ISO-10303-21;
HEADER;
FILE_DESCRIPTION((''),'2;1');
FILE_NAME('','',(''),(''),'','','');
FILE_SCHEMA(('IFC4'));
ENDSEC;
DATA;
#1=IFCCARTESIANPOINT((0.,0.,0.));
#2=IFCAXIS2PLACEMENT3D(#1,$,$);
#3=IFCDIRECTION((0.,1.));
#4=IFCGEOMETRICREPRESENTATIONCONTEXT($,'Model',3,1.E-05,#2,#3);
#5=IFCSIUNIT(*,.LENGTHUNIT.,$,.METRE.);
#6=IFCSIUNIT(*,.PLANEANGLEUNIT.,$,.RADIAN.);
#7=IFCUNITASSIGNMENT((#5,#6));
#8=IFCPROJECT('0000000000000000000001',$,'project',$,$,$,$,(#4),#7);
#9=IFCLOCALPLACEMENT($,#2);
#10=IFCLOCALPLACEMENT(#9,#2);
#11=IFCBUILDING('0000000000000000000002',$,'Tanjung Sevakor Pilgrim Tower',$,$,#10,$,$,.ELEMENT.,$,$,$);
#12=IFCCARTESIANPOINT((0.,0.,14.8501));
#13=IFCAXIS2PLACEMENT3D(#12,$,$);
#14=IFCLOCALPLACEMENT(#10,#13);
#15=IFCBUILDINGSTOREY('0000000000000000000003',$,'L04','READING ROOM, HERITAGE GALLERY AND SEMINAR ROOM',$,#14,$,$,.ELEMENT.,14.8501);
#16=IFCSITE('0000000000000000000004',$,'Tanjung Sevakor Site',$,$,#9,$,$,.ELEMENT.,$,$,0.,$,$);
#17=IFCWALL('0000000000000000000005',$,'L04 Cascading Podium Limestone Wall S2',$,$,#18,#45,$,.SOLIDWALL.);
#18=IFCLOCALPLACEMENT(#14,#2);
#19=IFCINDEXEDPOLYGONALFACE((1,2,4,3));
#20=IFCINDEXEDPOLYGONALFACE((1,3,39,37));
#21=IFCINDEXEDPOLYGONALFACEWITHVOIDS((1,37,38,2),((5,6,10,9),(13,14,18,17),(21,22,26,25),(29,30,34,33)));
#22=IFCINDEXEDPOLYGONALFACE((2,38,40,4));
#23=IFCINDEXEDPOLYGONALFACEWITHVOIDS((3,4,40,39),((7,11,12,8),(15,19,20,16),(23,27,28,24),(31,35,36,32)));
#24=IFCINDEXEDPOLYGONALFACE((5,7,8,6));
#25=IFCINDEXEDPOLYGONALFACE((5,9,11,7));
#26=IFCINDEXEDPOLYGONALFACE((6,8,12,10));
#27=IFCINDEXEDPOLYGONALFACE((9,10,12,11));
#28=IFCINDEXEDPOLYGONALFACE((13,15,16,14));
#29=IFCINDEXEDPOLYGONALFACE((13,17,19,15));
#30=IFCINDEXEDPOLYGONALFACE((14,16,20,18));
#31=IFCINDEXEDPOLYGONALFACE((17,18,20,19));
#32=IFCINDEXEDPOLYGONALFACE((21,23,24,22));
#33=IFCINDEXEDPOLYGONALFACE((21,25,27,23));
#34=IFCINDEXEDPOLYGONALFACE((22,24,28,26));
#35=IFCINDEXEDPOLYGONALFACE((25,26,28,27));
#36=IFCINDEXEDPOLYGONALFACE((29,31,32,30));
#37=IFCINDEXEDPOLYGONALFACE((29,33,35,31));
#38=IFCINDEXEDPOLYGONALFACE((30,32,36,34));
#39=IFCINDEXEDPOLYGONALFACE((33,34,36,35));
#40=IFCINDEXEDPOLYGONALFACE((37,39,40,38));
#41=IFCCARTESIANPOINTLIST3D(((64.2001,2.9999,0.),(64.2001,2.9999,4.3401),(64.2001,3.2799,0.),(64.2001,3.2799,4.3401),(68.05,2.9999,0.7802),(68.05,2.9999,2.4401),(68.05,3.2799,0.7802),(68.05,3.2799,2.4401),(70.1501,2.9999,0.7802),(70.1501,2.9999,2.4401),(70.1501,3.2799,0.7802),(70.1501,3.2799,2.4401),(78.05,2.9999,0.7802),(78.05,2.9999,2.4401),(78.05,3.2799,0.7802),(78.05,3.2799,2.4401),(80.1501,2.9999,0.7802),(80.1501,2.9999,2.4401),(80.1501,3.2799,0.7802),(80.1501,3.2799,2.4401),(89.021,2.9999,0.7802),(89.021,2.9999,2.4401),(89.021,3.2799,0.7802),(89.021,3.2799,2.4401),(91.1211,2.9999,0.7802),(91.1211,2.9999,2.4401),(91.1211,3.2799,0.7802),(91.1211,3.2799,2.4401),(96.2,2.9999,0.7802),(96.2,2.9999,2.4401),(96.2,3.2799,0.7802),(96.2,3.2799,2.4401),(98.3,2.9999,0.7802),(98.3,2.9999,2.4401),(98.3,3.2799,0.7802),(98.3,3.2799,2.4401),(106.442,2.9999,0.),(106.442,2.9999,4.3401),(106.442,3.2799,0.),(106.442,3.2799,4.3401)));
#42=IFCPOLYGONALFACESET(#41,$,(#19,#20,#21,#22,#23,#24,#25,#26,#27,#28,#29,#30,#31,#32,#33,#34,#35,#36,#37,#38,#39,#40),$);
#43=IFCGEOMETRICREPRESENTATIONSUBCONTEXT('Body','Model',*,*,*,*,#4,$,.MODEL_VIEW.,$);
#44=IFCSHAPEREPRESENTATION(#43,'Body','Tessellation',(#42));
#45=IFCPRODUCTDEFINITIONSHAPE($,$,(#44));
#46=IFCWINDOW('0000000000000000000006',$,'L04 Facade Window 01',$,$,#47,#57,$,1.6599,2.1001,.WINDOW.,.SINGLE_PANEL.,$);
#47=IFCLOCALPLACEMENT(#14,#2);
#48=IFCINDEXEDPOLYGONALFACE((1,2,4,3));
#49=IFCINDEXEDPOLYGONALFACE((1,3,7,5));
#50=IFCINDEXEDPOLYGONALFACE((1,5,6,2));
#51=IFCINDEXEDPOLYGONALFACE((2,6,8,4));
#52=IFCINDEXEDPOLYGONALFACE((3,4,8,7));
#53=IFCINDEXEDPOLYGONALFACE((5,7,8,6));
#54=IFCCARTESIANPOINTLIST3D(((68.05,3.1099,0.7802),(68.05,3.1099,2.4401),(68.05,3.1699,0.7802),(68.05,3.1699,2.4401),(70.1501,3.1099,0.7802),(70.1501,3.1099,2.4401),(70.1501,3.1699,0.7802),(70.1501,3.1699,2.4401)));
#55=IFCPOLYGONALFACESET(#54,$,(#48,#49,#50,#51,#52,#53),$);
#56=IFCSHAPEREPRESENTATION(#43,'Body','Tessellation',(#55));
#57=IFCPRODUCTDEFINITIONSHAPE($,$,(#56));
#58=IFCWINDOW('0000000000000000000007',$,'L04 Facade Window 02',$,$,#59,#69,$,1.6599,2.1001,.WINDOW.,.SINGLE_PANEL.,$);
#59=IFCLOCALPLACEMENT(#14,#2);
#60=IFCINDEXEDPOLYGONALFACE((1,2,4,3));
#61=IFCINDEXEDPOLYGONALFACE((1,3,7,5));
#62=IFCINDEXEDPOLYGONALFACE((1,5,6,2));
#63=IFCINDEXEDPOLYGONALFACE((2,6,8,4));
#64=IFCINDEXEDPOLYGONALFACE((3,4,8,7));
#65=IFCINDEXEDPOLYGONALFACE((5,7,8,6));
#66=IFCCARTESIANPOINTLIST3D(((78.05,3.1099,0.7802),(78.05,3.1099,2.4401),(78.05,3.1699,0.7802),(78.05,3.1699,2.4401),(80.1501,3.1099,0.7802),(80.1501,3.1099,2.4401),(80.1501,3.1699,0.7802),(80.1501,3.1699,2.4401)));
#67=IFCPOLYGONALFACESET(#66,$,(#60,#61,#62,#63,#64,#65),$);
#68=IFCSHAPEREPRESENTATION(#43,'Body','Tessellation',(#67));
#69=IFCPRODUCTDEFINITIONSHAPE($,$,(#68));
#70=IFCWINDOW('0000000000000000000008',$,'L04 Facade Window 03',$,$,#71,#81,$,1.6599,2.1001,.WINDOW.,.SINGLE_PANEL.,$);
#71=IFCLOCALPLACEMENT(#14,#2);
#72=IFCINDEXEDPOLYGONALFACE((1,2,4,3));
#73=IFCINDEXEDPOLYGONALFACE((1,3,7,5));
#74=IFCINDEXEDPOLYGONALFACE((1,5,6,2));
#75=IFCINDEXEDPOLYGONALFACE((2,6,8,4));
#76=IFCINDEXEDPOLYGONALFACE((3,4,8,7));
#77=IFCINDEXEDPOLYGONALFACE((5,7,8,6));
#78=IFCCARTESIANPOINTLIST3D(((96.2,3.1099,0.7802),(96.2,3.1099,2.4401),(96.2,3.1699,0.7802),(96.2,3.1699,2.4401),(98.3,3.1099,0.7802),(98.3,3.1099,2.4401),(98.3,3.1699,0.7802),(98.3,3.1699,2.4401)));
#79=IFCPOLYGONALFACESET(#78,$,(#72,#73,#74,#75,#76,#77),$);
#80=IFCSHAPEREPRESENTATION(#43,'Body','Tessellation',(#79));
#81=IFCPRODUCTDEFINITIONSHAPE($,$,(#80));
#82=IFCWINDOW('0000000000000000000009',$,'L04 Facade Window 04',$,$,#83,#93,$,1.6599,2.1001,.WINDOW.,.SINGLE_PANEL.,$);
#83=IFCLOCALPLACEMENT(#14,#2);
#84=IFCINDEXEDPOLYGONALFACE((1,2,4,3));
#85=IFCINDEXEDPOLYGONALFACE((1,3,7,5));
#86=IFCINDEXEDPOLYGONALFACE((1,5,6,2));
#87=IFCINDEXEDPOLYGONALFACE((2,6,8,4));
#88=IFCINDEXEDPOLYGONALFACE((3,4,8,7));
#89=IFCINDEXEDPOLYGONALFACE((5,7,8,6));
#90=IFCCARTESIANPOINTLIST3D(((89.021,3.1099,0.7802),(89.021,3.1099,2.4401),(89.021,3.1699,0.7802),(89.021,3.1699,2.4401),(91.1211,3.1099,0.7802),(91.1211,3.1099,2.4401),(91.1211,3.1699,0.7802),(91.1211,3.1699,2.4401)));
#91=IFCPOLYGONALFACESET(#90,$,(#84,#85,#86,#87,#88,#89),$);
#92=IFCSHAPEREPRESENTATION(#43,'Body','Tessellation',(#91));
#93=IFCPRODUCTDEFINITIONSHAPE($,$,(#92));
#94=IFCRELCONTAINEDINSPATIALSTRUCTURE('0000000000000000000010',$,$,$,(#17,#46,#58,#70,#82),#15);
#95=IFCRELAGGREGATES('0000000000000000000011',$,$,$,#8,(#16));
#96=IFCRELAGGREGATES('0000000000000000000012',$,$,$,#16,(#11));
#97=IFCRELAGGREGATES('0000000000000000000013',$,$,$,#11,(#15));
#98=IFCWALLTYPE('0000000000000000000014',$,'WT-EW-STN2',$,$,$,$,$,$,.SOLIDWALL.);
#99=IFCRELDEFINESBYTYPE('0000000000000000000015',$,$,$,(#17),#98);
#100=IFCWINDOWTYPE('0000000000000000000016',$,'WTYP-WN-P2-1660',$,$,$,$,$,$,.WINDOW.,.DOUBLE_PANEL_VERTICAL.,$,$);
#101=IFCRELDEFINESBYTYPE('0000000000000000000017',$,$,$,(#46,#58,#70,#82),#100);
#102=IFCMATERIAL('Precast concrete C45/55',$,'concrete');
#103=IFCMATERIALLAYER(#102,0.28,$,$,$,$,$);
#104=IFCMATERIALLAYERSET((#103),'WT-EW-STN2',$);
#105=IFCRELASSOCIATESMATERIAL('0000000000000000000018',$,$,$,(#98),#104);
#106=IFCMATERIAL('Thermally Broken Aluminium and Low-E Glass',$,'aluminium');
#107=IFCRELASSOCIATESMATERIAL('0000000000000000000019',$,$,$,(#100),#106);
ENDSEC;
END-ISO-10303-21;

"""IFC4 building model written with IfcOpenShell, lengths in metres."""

from ifc_helpers import new_model, si_unit, direction, frame, frame_2d, origin, place, context, subcontext, project, spatial, rectangle, extrude, material, layer, layer_set, type_object, element, fill, save


model = new_model("IFC4")

# Units and contexts
model_context = context("Model", 3, precision=1e-05, world=origin(), true_north=direction((0.0, 1.0)))
body_context = subcontext(model_context, "Body", "Model", "MODEL_VIEW")
ifc_project = project(units=[si_unit("LENGTHUNIT", "METRE"), si_unit("PLANEANGLEUNIT", "RADIAN")], contexts=[model_context])

# Site, building, storey
site_placement = place(None, origin())
site = spatial("IfcSite", under=ifc_project, at=site_placement, Name="Tanjung Sevakor Site", CompositionType="ELEMENT", RefElevation=0.0)
building_placement = place(site_placement, origin())
building = spatial("IfcBuilding", under=site, at=building_placement, Name="Tanjung Sevakor Pilgrim Tower", CompositionType="ELEMENT")
storey_placement = place(building_placement, frame((0.0, 0.0, 14.8501)))
storey = spatial("IfcBuildingStorey", under=building, at=storey_placement, Name="L04", Description="READING ROOM, HERITAGE GALLERY AND SEMINAR ROOM", CompositionType="ELEMENT", Elevation=14.8501)

# Wall, openings, windows
ifc_material_1 = material(Name="Precast concrete C45/55", Category="concrete")
ifc_layer_1 = layer(ifc_material_1, 0.28)
ifc_layer_set_1 = layer_set([ifc_layer_1], Name="WT-EW-STN2")
wall_type_1 = type_object("IfcWallType", Name="WT-EW-STN2", PredefinedType="SOLIDWALL", material=ifc_layer_set_1)
wall_placement = place(storey_placement, frame((64.2, 3.1399, 0.0), z_axis=(0.0, 0.0, 1.0), x_axis=(1.0, 0.0, 0.0)))
wall = element("IfcWall", 1, at=wall_placement, inside=storey, type_object=wall_type_1, Name="L04 Cascading Podium Limestone Wall S2", PredefinedType="SOLIDWALL", context=body_context, shape_type="SweptSolid", body=[
    extrude(rectangle(XDim=42.2419, YDim=0.28, at=frame_2d((21.1211, 0.0))), origin(), (0.0, 0.0, 1.0), 4.3401),
])
opening_1_placement = place(wall_placement, frame((3.8501, 0.0, 0.78)))
opening_1 = element("IfcOpeningElement", 2, at=opening_1_placement, cuts=wall, PredefinedType="OPENING", context=body_context, shape_type="SweptSolid", body=[
    extrude(rectangle(XDim=2.1001, YDim=1.6599, at=frame_2d((1.05, 0.8301))), frame((0.0, 0.1499, 0.0), z_axis=(0.0, -1.0, 0.0), x_axis=(1.0, 0.0, 0.0)), (0.0, 0.0, 1.0), 0.3),
])
opening_2_placement = place(wall_placement, frame((13.8501, 0.0, 0.78)))
opening_2 = element("IfcOpeningElement", 3, at=opening_2_placement, cuts=wall, PredefinedType="OPENING", context=body_context, shape_type="SweptSolid", body=[
    extrude(rectangle(XDim=2.1001, YDim=1.6599, at=frame_2d((1.05, 0.8301))), frame((0.0, 0.1499, 0.0), z_axis=(0.0, -1.0, 0.0), x_axis=(1.0, 0.0, 0.0)), (0.0, 0.0, 1.0), 0.3),
])
opening_3_placement = place(wall_placement, frame((32.0, 0.0, 0.78)))
opening_3 = element("IfcOpeningElement", 4, at=opening_3_placement, cuts=wall, PredefinedType="OPENING", context=body_context, shape_type="SweptSolid", body=[
    extrude(rectangle(XDim=2.1001, YDim=1.6599, at=frame_2d((1.05, 0.8301))), frame((0.0, 0.1499, 0.0), z_axis=(0.0, -1.0, 0.0), x_axis=(1.0, 0.0, 0.0)), (0.0, 0.0, 1.0), 0.3),
])
opening_4_placement = place(wall_placement, frame((24.821, 0.0, 0.78)))
opening_4 = element("IfcOpeningElement", 5, at=opening_4_placement, cuts=wall, PredefinedType="OPENING", context=body_context, shape_type="SweptSolid", body=[
    extrude(rectangle(XDim=2.1001, YDim=1.6599, at=frame_2d((1.05, 0.8301))), frame((0.0, 0.1499, 0.0), z_axis=(0.0, -1.0, 0.0), x_axis=(1.0, 0.0, 0.0)), (0.0, 0.0, 1.0), 0.3),
])
ifc_material_2 = material(Name="Thermally Broken Aluminium and Low-E Glass", Category="aluminium")
window_type = type_object("IfcWindowType", Name="WTYP-WN-P2-1660", PartitioningType="DOUBLE_PANEL_VERTICAL", PredefinedType="WINDOW", material=ifc_material_2)
window_1_placement = place(opening_1_placement, origin())
window_1 = element("IfcWindow", 6, at=window_1_placement, inside=storey, type_object=window_type, Name="L04 Facade Window 01", OverallHeight=1.6599, OverallWidth=2.1001, PartitioningType="SINGLE_PANEL", PredefinedType="WINDOW", context=body_context, shape_type="SweptSolid", body=[
    extrude(rectangle(XDim=2.1001, YDim=1.6599, at=frame_2d((1.05, 0.8301))), frame((0.0, 0.03, 0.0), z_axis=(0.0, -1.0, 0.0), x_axis=(1.0, 0.0, 0.0)), (0.0, 0.0, 1.0), 0.0601),
])
fill(opening_1, window_1)
window_2_placement = place(opening_2_placement, origin())
window_2 = element("IfcWindow", 7, at=window_2_placement, inside=storey, type_object=window_type, Name="L04 Facade Window 02", OverallHeight=1.6599, OverallWidth=2.1001, PartitioningType="SINGLE_PANEL", PredefinedType="WINDOW", context=body_context, shape_type="SweptSolid", body=[
    extrude(rectangle(XDim=2.1001, YDim=1.6599, at=frame_2d((1.05, 0.8301))), frame((0.0, 0.03, 0.0), z_axis=(0.0, -1.0, 0.0), x_axis=(1.0, 0.0, 0.0)), (0.0, 0.0, 1.0), 0.0601),
])
fill(opening_2, window_2)
window_3_placement = place(opening_3_placement, origin())
window_3 = element("IfcWindow", 8, at=window_3_placement, inside=storey, type_object=window_type, Name="L04 Facade Window 03", OverallHeight=1.6599, OverallWidth=2.1001, PartitioningType="SINGLE_PANEL", PredefinedType="WINDOW", context=body_context, shape_type="SweptSolid", body=[
    extrude(rectangle(XDim=2.1001, YDim=1.6599, at=frame_2d((1.05, 0.8301))), frame((0.0, 0.03, 0.0), z_axis=(0.0, -1.0, 0.0), x_axis=(1.0, 0.0, 0.0)), (0.0, 0.0, 1.0), 0.0601),
])
fill(opening_3, window_3)
window_4_placement = place(opening_4_placement, origin())
window_4 = element("IfcWindow", 9, at=window_4_placement, inside=storey, type_object=window_type, Name="L04 Facade Window 04", OverallHeight=1.6599, OverallWidth=2.1001, PartitioningType="SINGLE_PANEL", PredefinedType="WINDOW", context=body_context, shape_type="SweptSolid", body=[
    extrude(rectangle(XDim=2.1001, YDim=1.6599, at=frame_2d((1.05, 0.8301))), frame((0.0, 0.03, 0.0), z_axis=(0.0, -1.0, 0.0), x_axis=(1.0, 0.0, 0.0)), (0.0, 0.0, 1.0), 0.0601),
])
fill(opening_4, window_4)

save(model, "model.ifc")
